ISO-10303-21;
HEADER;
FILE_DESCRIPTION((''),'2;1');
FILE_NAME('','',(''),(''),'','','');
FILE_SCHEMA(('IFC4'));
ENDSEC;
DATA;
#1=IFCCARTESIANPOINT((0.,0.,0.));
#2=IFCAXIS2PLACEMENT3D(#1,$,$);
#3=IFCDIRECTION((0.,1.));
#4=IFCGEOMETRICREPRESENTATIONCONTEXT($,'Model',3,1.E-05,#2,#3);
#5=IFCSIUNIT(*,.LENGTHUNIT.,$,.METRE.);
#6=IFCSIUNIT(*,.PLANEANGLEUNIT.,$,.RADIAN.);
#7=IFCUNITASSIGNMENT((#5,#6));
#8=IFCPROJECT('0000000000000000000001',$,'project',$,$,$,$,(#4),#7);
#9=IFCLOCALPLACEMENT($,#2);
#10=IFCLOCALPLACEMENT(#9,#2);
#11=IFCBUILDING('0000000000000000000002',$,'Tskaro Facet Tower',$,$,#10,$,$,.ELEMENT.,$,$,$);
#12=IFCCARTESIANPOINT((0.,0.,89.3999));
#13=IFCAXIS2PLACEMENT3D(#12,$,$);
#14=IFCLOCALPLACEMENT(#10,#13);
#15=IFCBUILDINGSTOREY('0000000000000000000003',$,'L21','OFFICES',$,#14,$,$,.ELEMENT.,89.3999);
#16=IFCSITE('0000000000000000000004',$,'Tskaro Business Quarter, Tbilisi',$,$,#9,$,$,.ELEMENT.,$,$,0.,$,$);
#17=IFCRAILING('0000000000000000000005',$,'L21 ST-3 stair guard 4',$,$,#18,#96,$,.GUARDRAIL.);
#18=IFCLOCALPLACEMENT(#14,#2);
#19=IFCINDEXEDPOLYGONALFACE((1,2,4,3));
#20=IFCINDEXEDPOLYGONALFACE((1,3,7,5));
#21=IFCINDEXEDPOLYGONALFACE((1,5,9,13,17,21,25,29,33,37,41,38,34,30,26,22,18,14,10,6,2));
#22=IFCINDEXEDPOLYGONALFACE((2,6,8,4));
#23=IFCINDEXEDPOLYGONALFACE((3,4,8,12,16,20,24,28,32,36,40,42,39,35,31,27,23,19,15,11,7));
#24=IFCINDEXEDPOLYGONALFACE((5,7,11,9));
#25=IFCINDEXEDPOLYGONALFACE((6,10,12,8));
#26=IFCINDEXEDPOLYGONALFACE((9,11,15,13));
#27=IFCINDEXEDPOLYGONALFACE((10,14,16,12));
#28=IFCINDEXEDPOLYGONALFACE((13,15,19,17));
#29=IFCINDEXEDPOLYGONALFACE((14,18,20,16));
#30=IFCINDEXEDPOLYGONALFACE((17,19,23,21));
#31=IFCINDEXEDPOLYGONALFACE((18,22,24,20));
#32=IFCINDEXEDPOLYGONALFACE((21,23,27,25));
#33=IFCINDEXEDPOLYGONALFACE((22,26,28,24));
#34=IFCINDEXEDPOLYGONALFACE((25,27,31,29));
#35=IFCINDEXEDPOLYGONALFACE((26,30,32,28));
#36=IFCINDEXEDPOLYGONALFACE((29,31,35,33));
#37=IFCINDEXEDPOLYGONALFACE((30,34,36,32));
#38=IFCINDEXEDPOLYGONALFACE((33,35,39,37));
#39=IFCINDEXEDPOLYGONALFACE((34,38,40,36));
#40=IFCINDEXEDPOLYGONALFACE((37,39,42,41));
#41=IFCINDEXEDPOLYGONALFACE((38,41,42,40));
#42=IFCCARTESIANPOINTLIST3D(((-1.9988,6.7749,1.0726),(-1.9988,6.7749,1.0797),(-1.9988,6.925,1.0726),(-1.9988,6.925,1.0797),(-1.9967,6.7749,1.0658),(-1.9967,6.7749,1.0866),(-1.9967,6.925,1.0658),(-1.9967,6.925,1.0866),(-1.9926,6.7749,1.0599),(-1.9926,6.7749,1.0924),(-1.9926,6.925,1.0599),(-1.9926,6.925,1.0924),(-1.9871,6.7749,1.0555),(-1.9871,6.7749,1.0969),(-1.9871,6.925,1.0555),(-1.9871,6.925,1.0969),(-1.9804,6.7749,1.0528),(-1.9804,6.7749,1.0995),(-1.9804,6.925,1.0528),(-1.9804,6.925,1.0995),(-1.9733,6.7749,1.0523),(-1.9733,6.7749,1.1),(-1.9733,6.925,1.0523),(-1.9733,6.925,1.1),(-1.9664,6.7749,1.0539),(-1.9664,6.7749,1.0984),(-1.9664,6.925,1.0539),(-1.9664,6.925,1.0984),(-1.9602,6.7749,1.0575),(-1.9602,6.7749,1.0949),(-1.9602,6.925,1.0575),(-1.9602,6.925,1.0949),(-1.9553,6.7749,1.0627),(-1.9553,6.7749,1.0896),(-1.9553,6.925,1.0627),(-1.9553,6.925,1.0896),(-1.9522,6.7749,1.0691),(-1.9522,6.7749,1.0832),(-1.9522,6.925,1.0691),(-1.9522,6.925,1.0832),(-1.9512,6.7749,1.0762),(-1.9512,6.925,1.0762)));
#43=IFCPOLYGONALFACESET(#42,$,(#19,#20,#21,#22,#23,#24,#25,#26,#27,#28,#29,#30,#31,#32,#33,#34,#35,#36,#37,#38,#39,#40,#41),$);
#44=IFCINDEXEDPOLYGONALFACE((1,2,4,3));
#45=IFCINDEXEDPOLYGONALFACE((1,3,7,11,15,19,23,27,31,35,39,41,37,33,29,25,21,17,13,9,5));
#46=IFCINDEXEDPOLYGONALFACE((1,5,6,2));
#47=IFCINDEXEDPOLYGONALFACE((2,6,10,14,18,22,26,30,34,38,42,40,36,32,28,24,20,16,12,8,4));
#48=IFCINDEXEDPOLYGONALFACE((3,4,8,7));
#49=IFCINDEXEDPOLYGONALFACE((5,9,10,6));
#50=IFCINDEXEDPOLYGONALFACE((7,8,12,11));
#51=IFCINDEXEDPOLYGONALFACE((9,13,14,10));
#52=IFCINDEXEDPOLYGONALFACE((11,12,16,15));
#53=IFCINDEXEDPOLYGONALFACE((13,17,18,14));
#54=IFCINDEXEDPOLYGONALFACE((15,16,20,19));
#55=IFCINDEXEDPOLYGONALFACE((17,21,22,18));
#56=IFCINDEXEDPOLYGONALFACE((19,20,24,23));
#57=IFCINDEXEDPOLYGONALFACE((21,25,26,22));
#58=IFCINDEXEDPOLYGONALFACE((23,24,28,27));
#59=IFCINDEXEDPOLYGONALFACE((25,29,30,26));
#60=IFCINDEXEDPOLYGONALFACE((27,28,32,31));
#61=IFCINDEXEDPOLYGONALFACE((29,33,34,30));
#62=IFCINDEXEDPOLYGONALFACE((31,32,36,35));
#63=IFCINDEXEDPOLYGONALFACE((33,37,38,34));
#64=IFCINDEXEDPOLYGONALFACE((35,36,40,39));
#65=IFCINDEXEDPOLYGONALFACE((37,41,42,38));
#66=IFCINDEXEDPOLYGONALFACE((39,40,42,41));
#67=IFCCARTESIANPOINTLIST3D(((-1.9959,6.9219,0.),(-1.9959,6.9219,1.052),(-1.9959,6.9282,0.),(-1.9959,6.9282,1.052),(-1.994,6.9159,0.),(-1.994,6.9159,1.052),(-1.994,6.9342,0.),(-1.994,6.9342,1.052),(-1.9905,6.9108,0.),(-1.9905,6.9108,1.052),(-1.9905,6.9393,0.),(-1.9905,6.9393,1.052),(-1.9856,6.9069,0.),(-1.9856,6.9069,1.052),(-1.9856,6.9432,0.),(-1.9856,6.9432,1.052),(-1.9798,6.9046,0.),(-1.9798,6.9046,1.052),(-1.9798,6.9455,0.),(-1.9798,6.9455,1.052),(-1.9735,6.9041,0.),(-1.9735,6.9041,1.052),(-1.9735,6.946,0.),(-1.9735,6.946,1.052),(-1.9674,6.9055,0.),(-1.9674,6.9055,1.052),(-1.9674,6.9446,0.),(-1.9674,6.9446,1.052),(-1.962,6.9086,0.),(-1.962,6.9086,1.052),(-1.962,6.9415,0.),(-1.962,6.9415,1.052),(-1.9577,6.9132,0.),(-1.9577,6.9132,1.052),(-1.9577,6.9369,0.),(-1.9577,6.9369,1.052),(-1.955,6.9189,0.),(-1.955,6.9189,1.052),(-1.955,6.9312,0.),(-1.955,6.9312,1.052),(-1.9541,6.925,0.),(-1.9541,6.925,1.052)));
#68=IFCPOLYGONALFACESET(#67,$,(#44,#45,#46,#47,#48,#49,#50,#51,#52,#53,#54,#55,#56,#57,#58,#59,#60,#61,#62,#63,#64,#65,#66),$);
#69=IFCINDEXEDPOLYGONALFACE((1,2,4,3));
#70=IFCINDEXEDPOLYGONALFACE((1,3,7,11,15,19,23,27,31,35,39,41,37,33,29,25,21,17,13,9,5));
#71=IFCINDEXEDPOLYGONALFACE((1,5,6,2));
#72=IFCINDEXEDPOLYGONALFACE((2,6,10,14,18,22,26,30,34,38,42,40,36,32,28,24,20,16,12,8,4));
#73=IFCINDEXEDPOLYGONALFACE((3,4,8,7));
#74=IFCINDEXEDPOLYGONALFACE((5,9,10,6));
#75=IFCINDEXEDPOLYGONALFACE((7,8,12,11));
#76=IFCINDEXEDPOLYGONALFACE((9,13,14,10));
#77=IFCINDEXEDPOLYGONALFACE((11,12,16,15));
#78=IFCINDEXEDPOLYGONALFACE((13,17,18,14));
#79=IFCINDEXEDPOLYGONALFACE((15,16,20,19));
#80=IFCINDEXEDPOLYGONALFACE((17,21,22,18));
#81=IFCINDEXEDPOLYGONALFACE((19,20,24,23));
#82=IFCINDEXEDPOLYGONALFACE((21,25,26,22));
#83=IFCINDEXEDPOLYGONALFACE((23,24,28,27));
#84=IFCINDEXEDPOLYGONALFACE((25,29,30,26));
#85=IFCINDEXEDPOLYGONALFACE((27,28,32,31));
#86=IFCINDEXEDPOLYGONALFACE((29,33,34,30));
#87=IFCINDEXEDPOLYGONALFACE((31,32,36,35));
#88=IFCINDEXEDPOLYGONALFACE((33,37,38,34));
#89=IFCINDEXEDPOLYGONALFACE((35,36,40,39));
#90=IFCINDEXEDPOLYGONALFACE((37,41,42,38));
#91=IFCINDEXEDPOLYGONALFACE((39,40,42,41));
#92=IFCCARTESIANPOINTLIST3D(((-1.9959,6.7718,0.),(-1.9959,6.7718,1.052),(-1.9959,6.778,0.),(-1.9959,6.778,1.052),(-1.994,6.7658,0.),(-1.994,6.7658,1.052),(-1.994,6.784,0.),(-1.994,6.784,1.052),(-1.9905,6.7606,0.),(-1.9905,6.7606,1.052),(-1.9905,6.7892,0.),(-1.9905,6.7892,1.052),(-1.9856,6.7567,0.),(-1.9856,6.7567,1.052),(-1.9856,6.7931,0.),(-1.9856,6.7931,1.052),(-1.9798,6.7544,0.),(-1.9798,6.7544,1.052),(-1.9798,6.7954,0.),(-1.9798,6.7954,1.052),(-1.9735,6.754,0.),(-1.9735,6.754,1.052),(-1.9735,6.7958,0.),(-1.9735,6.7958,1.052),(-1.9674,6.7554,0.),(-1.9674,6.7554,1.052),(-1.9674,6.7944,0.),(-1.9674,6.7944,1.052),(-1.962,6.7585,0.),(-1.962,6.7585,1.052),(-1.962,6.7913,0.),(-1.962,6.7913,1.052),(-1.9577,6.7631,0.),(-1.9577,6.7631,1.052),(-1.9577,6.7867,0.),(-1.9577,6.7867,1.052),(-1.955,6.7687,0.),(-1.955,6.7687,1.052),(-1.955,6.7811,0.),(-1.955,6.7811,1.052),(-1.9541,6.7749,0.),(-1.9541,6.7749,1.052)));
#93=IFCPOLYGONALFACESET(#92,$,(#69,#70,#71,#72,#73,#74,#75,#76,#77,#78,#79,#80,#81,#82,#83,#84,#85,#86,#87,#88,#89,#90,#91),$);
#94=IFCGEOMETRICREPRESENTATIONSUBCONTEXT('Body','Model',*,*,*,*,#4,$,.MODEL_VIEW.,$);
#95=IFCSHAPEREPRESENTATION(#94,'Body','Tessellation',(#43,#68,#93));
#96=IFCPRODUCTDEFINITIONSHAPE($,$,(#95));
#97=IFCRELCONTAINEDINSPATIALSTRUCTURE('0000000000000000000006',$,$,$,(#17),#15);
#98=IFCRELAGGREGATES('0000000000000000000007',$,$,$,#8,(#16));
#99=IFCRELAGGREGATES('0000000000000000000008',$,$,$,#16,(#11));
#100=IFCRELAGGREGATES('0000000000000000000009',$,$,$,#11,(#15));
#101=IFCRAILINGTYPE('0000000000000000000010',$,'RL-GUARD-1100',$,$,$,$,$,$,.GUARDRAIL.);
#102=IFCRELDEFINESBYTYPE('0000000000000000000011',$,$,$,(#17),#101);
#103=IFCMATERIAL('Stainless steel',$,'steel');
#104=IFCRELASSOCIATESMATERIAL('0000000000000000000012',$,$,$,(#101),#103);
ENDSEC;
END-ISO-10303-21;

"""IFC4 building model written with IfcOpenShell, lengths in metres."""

from ifc_helpers import new_model, si_unit, direction, frame, origin, origin_2d, place, context, subcontext, project, spatial, circle, extrude, material, type_object, element, save


model = new_model("IFC4")

# Units and contexts
model_context = context("Model", 3, precision=1e-05, world=origin(), true_north=direction((0.0, 1.0)))
body_context = subcontext(model_context, "Body", "Model", "MODEL_VIEW")
ifc_project = project(units=[si_unit("LENGTHUNIT", "METRE"), si_unit("PLANEANGLEUNIT", "RADIAN")], contexts=[model_context])

# Site, building, storey
site_placement = place(None, origin())
site = spatial("IfcSite", under=ifc_project, at=site_placement, Name="Tskaro Business Quarter, Tbilisi", CompositionType="ELEMENT", RefElevation=0.0)
building_placement = place(site_placement, origin())
building = spatial("IfcBuilding", under=site, at=building_placement, Name="Tskaro Facet Tower", CompositionType="ELEMENT")
storey_placement = place(building_placement, frame((0.0, 0.0, 89.3999)))
storey = spatial("IfcBuildingStorey", under=building, at=storey_placement, Name="L21", Description="OFFICES", CompositionType="ELEMENT", Elevation=89.3999)

# Railing
ifc_material_1 = material(Name="Stainless steel", Category="steel")
railing_type_1 = type_object("IfcRailingType", Name="RL-GUARD-1100", PredefinedType="GUARDRAIL", material=ifc_material_1)
railing_1_placement = place(storey_placement, frame((-1.9751, 6.925, 0.0)))
element("IfcRailing", 1, at=railing_1_placement, inside=storey, type_object=railing_type_1, Name="L21 ST-3 stair guard 4", PredefinedType="GUARDRAIL", context=body_context, shape_type="SweptSolid", body=[
    extrude(circle(Radius=0.0239, at=origin_2d()), frame((0.0, 0.0, 1.0762), z_axis=(0.0, -1.0, 0.0), x_axis=(1.0, 0.0, 0.0)), (0.0, 0.0, 1.0), 0.1501),
    extrude(circle(Radius=0.021, at=origin_2d()), origin(), (0.0, 0.0, 1.0), 1.052),
    extrude(circle(Radius=0.021, at=origin_2d()), frame((0.0, -0.1501, 0.0)), (0.0, 0.0, 1.0), 1.052),
])

save(model, "model.ifc")
